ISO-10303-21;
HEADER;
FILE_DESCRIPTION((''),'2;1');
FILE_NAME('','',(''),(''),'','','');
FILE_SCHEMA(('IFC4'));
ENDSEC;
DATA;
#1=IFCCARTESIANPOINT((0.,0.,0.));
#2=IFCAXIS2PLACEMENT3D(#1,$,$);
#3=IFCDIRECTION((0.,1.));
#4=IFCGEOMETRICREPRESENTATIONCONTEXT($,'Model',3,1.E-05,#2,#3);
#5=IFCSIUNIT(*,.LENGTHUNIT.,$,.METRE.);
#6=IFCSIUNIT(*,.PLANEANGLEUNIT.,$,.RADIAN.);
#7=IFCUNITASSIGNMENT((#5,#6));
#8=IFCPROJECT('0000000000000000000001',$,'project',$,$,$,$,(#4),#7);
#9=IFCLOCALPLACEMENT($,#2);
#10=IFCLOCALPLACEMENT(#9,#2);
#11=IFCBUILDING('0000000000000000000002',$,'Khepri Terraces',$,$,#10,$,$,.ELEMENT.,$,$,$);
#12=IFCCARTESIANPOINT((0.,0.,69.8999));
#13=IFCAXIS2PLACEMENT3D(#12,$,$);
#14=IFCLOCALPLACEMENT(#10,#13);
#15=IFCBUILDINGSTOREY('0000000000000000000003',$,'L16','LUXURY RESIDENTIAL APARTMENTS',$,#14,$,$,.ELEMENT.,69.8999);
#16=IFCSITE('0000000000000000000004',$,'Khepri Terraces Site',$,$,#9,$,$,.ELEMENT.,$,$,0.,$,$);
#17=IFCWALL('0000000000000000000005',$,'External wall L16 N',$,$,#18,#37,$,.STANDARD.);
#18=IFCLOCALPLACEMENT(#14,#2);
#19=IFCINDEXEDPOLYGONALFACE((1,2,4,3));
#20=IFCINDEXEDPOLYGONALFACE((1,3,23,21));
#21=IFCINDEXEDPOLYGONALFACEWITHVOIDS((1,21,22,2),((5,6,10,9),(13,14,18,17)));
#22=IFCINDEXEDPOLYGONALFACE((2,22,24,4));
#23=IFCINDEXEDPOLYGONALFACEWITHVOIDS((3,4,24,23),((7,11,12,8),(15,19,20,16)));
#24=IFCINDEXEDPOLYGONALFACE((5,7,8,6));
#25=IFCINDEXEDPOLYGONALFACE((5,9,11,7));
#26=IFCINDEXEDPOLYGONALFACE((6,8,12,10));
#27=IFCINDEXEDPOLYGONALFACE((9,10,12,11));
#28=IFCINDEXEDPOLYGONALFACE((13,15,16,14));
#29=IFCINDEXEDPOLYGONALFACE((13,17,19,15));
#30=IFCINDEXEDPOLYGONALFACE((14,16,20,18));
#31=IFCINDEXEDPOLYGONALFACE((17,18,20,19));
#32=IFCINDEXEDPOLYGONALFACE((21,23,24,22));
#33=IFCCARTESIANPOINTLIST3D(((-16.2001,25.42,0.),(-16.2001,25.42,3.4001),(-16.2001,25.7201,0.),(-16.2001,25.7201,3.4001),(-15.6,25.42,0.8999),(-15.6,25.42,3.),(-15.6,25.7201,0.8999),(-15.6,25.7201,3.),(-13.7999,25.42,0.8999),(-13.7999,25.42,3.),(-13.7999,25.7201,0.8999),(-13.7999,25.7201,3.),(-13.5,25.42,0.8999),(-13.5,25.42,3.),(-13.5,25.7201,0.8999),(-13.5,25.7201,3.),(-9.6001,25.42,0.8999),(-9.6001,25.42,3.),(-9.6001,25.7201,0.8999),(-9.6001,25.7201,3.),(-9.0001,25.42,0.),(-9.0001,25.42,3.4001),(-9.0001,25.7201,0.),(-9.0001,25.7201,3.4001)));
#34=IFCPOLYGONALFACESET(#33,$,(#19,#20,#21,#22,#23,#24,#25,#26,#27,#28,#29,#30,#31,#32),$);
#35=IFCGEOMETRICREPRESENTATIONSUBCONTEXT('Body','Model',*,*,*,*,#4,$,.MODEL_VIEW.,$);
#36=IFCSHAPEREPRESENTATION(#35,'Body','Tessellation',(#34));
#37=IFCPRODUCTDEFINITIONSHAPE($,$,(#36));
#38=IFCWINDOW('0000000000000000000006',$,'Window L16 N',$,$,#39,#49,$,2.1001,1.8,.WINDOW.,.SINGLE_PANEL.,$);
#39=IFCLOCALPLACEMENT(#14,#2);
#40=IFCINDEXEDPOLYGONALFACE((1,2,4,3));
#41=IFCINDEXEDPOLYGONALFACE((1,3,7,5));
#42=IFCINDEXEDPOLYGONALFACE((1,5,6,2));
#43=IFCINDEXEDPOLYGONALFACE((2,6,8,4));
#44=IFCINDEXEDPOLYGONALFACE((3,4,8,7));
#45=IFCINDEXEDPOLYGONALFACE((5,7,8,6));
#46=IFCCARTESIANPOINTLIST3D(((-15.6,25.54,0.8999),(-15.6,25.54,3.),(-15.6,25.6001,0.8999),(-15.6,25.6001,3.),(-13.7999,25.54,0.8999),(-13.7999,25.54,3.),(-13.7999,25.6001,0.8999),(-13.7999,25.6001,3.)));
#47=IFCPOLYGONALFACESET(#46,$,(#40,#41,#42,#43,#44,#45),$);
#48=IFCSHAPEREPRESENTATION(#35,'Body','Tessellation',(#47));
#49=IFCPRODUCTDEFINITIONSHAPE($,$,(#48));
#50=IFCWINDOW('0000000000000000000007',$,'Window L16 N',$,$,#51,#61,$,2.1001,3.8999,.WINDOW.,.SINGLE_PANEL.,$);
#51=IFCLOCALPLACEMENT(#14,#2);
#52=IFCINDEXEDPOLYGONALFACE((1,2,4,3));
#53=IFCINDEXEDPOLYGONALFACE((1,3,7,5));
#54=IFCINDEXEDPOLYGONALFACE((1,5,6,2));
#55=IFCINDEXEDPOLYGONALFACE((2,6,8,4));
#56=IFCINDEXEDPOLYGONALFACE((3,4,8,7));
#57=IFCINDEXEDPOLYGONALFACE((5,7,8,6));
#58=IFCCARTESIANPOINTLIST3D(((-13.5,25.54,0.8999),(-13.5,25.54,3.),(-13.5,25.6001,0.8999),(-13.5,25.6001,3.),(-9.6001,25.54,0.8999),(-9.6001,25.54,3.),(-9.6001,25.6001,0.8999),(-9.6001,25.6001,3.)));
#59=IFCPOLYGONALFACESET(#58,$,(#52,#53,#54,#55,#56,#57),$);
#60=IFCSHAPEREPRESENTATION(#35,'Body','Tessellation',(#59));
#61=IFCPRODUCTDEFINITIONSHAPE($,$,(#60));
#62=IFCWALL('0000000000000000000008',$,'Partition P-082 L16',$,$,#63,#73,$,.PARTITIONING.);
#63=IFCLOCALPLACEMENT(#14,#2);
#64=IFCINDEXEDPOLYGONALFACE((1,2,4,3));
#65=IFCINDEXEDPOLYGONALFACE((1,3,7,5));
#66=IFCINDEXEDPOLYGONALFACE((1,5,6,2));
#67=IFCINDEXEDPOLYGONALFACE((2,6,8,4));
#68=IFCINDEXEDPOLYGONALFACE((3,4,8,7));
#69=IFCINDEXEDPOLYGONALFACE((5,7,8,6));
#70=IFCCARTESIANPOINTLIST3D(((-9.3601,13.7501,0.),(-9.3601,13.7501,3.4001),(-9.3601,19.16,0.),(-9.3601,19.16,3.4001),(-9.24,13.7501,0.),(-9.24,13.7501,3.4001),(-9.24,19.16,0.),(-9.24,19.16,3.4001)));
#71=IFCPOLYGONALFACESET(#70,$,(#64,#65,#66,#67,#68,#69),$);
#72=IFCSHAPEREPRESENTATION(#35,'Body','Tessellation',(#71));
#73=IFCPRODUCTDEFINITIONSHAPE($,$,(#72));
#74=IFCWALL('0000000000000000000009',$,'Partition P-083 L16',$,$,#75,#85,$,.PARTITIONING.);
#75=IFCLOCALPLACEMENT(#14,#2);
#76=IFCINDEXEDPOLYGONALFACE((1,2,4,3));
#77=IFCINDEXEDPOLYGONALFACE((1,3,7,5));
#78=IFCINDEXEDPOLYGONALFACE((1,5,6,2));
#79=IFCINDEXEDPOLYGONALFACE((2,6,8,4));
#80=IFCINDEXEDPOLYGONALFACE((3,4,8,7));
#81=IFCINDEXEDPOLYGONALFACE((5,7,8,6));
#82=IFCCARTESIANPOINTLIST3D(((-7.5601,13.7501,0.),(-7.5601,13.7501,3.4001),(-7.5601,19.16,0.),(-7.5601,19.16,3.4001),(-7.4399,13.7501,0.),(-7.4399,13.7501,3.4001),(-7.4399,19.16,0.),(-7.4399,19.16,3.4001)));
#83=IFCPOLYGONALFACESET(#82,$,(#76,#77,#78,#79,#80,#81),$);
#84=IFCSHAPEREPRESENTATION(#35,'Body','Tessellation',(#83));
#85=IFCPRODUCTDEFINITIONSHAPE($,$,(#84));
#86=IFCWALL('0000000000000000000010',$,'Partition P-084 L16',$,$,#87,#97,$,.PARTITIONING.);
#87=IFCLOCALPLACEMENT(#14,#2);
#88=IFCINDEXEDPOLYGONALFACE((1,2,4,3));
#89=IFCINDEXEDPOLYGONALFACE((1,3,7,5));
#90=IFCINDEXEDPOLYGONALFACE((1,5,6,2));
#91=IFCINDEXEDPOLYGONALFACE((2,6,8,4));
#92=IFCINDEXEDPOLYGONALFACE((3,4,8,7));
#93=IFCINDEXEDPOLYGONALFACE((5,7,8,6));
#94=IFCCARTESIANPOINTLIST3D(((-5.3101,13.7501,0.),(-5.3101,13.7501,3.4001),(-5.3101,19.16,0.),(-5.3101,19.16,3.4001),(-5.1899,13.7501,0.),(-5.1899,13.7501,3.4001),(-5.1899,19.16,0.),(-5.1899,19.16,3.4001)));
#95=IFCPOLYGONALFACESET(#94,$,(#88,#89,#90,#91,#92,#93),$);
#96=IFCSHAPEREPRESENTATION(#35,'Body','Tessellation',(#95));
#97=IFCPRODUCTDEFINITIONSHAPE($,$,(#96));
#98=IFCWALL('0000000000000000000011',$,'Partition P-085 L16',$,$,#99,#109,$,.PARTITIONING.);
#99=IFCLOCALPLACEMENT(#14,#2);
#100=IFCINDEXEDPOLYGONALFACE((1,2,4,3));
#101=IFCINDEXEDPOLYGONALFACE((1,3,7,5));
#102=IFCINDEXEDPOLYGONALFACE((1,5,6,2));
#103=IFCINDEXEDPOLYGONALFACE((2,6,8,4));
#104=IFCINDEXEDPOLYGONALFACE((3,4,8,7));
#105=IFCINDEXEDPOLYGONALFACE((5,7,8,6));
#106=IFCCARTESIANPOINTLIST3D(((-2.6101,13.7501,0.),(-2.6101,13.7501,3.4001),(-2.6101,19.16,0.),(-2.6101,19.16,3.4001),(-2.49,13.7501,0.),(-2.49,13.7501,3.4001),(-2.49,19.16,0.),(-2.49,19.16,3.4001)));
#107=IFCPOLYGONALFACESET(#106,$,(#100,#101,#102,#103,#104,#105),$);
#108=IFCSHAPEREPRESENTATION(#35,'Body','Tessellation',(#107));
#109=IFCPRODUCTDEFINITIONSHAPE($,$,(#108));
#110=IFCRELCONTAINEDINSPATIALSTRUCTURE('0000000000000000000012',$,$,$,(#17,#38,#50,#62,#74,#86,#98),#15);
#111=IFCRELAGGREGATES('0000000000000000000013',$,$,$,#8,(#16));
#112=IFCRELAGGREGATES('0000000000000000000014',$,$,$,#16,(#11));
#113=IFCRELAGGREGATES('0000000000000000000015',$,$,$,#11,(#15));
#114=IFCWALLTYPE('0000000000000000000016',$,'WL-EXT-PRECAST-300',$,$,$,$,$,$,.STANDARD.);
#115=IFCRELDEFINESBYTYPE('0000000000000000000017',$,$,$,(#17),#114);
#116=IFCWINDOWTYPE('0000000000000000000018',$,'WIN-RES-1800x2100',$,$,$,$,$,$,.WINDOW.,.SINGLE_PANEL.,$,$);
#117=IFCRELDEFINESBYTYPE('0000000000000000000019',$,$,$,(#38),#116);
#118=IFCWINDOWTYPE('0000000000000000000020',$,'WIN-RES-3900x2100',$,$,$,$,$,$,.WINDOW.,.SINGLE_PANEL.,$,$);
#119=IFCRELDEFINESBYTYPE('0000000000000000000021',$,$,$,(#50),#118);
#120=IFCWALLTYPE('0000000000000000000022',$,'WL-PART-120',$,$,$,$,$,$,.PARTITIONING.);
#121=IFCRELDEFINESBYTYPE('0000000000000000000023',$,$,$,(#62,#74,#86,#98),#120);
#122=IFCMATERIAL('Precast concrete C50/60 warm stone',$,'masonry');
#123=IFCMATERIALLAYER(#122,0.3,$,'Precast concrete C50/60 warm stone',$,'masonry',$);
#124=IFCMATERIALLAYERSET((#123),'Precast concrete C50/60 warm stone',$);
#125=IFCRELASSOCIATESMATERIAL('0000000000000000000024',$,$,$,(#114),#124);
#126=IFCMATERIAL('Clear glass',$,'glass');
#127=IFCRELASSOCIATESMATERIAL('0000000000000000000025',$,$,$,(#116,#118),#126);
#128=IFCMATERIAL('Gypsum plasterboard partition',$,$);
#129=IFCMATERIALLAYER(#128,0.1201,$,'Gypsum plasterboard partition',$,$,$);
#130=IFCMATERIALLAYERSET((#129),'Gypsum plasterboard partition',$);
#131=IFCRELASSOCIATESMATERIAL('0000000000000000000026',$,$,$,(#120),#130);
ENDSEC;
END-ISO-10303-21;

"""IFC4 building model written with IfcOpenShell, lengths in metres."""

from ifc_helpers import new_model, si_unit, direction, frame, frame_2d, origin, place, context, subcontext, project, spatial, rectangle, extrude, material, layer, layer_set, type_object, element, fill, save


model = new_model("IFC4")

# Units and contexts
model_context = context("Model", 3, precision=1e-05, world=origin(), true_north=direction((0.0, 1.0)))
body_context = subcontext(model_context, "Body", "Model", "MODEL_VIEW")
ifc_project = project(units=[si_unit("LENGTHUNIT", "METRE"), si_unit("PLANEANGLEUNIT", "RADIAN")], contexts=[model_context])

# Site, building, storey
site_placement = place(None, origin())
site = spatial("IfcSite", under=ifc_project, at=site_placement, Name="Khepri Terraces Site", CompositionType="ELEMENT", RefElevation=0.0)
building_placement = place(site_placement, origin())
building = spatial("IfcBuilding", under=site, at=building_placement, Name="Khepri Terraces", CompositionType="ELEMENT")
storey_placement = place(building_placement, frame((0.0, 0.0, 69.8999)))
storey = spatial("IfcBuildingStorey", under=building, at=storey_placement, Name="L16", Description="LUXURY RESIDENTIAL APARTMENTS", CompositionType="ELEMENT", Elevation=69.8999)

# Wall, openings, windows
ifc_material_1 = material(Name="Precast concrete C50/60 warm stone", Category="masonry")
ifc_layer_1 = layer(ifc_material_1, 0.3, Name="Precast concrete C50/60 warm stone", Category="masonry")
ifc_layer_set_1 = layer_set([ifc_layer_1], Name="Precast concrete C50/60 warm stone")
wall_type_1 = type_object("IfcWallType", Name="WL-EXT-PRECAST-300", PredefinedType="STANDARD", material=ifc_layer_set_1)
ifc_material_2 = material(Name="Clear glass", Category="glass")
window_type_1 = type_object("IfcWindowType", Name="WIN-RES-1800x2100", PartitioningType="SINGLE_PANEL", PredefinedType="WINDOW", material=ifc_material_2)
window_type_2 = type_object("IfcWindowType", Name="WIN-RES-3900x2100", PartitioningType="SINGLE_PANEL", PredefinedType="WINDOW", material=ifc_material_2)
wall_1_placement = place(storey_placement, frame((-9.0, 25.5701, 0.0), z_axis=(0.0, 0.0, 1.0), x_axis=(-1.0, 0.0, 0.0)))
wall_1 = element("IfcWall", 1, at=wall_1_placement, inside=storey, type_object=wall_type_1, Name="External wall L16 N", PredefinedType="STANDARD", context=body_context, shape_type="SweptSolid", body=[
    extrude(rectangle(XDim=7.2, YDim=0.3, at=frame_2d((3.6001, 0.0))), origin(), (0.0, 0.0, 1.0), 3.4001),
])
opening_1_placement = place(wall_1_placement, frame((0.6001, 0.0, 0.8999)))
opening_1 = element("IfcOpeningElement", 2, at=opening_1_placement, cuts=wall_1, PredefinedType="OPENING", context=body_context, shape_type="SweptSolid", body=[
    extrude(rectangle(XDim=3.8999, YDim=2.1001, at=frame_2d((1.95, 1.05))), frame((0.0, 0.1602, 0.0), z_axis=(0.0, -1.0, 0.0), x_axis=(1.0, 0.0, 0.0)), (0.0, 0.0, 1.0), 0.3201),
])
opening_2_placement = place(wall_1_placement, frame((4.8, 0.0, 0.8999)))
opening_2 = element("IfcOpeningElement", 3, at=opening_2_placement, cuts=wall_1, PredefinedType="OPENING", context=body_context, shape_type="SweptSolid", body=[
    extrude(rectangle(XDim=1.8, YDim=2.1001, at=frame_2d((0.8999, 1.05))), frame((0.0, 0.1602, 0.0), z_axis=(0.0, -1.0, 0.0), x_axis=(1.0, 0.0, 0.0)), (0.0, 0.0, 1.0), 0.3201),
])
window_1_placement = place(opening_2_placement, origin())
window_1 = element("IfcWindow", 4, at=window_1_placement, inside=storey, type_object=window_type_1, Name="Window L16 N", OverallHeight=2.1001, OverallWidth=1.8, PartitioningType="SINGLE_PANEL", PredefinedType="WINDOW", context=body_context, shape_type="SweptSolid", body=[
    extrude(rectangle(XDim=1.8, YDim=2.1001, at=frame_2d((0.8999, 1.05))), frame((0.0, 0.03, 0.0), z_axis=(0.0, -1.0, 0.0), x_axis=(1.0, 0.0, 0.0)), (0.0, 0.0, 1.0), 0.0601),
])
fill(opening_2, window_1)
window_2_placement = place(opening_1_placement, origin())
window_2 = element("IfcWindow", 5, at=window_2_placement, inside=storey, type_object=window_type_2, Name="Window L16 N", OverallHeight=2.1001, OverallWidth=3.8999, PartitioningType="SINGLE_PANEL", PredefinedType="WINDOW", context=body_context, shape_type="SweptSolid", body=[
    extrude(rectangle(XDim=3.8999, YDim=2.1001, at=frame_2d((1.95, 1.05))), frame((0.0, 0.03, 0.0), z_axis=(0.0, -1.0, 0.0), x_axis=(1.0, 0.0, 0.0)), (0.0, 0.0, 1.0), 0.0601),
])
fill(opening_1, window_2)

# Walls
ifc_material_3 = material(Name="Gypsum plasterboard partition")
ifc_layer_2 = layer(ifc_material_3, 0.1201, Name="Gypsum plasterboard partition")
ifc_layer_set_2 = layer_set([ifc_layer_2], Name="Gypsum plasterboard partition")
wall_type_2 = type_object("IfcWallType", Name="WL-PART-120", PredefinedType="PARTITIONING", material=ifc_layer_set_2)
for number, where, z_axis, x_axis, name in (
    (6, (-9.3, 13.75, 0.0), (0.0, 0.0, 1.0), (0.0, 1.0, 0.0), "Partition P-082 L16"),
    (7, (-7.5, 13.75, 0.0), (0.0, 0.0, 1.0), (0.0, 1.0, 0.0), "Partition P-083 L16"),
    (8, (-5.25, 13.75, 0.0), (0.0, 0.0, 1.0), (0.0, 1.0, 0.0), "Partition P-084 L16"),
    (9, (-2.55, 13.75, 0.0), (0.0, 0.0, 1.0), (0.0, 1.0, 0.0), "Partition P-085 L16"),
):
    element("IfcWall", number, at=place(storey_placement, frame(where, z_axis=z_axis, x_axis=x_axis)), inside=storey, type_object=wall_type_2, Name=name, PredefinedType="PARTITIONING", context=body_context, shape_type="SweptSolid", body=[
        extrude(rectangle(XDim=5.4099, YDim=0.1201, at=frame_2d((2.7051, 0.0))), origin(), (0.0, 0.0, 1.0), 3.4001),
    ])

save(model, "model.ifc")
